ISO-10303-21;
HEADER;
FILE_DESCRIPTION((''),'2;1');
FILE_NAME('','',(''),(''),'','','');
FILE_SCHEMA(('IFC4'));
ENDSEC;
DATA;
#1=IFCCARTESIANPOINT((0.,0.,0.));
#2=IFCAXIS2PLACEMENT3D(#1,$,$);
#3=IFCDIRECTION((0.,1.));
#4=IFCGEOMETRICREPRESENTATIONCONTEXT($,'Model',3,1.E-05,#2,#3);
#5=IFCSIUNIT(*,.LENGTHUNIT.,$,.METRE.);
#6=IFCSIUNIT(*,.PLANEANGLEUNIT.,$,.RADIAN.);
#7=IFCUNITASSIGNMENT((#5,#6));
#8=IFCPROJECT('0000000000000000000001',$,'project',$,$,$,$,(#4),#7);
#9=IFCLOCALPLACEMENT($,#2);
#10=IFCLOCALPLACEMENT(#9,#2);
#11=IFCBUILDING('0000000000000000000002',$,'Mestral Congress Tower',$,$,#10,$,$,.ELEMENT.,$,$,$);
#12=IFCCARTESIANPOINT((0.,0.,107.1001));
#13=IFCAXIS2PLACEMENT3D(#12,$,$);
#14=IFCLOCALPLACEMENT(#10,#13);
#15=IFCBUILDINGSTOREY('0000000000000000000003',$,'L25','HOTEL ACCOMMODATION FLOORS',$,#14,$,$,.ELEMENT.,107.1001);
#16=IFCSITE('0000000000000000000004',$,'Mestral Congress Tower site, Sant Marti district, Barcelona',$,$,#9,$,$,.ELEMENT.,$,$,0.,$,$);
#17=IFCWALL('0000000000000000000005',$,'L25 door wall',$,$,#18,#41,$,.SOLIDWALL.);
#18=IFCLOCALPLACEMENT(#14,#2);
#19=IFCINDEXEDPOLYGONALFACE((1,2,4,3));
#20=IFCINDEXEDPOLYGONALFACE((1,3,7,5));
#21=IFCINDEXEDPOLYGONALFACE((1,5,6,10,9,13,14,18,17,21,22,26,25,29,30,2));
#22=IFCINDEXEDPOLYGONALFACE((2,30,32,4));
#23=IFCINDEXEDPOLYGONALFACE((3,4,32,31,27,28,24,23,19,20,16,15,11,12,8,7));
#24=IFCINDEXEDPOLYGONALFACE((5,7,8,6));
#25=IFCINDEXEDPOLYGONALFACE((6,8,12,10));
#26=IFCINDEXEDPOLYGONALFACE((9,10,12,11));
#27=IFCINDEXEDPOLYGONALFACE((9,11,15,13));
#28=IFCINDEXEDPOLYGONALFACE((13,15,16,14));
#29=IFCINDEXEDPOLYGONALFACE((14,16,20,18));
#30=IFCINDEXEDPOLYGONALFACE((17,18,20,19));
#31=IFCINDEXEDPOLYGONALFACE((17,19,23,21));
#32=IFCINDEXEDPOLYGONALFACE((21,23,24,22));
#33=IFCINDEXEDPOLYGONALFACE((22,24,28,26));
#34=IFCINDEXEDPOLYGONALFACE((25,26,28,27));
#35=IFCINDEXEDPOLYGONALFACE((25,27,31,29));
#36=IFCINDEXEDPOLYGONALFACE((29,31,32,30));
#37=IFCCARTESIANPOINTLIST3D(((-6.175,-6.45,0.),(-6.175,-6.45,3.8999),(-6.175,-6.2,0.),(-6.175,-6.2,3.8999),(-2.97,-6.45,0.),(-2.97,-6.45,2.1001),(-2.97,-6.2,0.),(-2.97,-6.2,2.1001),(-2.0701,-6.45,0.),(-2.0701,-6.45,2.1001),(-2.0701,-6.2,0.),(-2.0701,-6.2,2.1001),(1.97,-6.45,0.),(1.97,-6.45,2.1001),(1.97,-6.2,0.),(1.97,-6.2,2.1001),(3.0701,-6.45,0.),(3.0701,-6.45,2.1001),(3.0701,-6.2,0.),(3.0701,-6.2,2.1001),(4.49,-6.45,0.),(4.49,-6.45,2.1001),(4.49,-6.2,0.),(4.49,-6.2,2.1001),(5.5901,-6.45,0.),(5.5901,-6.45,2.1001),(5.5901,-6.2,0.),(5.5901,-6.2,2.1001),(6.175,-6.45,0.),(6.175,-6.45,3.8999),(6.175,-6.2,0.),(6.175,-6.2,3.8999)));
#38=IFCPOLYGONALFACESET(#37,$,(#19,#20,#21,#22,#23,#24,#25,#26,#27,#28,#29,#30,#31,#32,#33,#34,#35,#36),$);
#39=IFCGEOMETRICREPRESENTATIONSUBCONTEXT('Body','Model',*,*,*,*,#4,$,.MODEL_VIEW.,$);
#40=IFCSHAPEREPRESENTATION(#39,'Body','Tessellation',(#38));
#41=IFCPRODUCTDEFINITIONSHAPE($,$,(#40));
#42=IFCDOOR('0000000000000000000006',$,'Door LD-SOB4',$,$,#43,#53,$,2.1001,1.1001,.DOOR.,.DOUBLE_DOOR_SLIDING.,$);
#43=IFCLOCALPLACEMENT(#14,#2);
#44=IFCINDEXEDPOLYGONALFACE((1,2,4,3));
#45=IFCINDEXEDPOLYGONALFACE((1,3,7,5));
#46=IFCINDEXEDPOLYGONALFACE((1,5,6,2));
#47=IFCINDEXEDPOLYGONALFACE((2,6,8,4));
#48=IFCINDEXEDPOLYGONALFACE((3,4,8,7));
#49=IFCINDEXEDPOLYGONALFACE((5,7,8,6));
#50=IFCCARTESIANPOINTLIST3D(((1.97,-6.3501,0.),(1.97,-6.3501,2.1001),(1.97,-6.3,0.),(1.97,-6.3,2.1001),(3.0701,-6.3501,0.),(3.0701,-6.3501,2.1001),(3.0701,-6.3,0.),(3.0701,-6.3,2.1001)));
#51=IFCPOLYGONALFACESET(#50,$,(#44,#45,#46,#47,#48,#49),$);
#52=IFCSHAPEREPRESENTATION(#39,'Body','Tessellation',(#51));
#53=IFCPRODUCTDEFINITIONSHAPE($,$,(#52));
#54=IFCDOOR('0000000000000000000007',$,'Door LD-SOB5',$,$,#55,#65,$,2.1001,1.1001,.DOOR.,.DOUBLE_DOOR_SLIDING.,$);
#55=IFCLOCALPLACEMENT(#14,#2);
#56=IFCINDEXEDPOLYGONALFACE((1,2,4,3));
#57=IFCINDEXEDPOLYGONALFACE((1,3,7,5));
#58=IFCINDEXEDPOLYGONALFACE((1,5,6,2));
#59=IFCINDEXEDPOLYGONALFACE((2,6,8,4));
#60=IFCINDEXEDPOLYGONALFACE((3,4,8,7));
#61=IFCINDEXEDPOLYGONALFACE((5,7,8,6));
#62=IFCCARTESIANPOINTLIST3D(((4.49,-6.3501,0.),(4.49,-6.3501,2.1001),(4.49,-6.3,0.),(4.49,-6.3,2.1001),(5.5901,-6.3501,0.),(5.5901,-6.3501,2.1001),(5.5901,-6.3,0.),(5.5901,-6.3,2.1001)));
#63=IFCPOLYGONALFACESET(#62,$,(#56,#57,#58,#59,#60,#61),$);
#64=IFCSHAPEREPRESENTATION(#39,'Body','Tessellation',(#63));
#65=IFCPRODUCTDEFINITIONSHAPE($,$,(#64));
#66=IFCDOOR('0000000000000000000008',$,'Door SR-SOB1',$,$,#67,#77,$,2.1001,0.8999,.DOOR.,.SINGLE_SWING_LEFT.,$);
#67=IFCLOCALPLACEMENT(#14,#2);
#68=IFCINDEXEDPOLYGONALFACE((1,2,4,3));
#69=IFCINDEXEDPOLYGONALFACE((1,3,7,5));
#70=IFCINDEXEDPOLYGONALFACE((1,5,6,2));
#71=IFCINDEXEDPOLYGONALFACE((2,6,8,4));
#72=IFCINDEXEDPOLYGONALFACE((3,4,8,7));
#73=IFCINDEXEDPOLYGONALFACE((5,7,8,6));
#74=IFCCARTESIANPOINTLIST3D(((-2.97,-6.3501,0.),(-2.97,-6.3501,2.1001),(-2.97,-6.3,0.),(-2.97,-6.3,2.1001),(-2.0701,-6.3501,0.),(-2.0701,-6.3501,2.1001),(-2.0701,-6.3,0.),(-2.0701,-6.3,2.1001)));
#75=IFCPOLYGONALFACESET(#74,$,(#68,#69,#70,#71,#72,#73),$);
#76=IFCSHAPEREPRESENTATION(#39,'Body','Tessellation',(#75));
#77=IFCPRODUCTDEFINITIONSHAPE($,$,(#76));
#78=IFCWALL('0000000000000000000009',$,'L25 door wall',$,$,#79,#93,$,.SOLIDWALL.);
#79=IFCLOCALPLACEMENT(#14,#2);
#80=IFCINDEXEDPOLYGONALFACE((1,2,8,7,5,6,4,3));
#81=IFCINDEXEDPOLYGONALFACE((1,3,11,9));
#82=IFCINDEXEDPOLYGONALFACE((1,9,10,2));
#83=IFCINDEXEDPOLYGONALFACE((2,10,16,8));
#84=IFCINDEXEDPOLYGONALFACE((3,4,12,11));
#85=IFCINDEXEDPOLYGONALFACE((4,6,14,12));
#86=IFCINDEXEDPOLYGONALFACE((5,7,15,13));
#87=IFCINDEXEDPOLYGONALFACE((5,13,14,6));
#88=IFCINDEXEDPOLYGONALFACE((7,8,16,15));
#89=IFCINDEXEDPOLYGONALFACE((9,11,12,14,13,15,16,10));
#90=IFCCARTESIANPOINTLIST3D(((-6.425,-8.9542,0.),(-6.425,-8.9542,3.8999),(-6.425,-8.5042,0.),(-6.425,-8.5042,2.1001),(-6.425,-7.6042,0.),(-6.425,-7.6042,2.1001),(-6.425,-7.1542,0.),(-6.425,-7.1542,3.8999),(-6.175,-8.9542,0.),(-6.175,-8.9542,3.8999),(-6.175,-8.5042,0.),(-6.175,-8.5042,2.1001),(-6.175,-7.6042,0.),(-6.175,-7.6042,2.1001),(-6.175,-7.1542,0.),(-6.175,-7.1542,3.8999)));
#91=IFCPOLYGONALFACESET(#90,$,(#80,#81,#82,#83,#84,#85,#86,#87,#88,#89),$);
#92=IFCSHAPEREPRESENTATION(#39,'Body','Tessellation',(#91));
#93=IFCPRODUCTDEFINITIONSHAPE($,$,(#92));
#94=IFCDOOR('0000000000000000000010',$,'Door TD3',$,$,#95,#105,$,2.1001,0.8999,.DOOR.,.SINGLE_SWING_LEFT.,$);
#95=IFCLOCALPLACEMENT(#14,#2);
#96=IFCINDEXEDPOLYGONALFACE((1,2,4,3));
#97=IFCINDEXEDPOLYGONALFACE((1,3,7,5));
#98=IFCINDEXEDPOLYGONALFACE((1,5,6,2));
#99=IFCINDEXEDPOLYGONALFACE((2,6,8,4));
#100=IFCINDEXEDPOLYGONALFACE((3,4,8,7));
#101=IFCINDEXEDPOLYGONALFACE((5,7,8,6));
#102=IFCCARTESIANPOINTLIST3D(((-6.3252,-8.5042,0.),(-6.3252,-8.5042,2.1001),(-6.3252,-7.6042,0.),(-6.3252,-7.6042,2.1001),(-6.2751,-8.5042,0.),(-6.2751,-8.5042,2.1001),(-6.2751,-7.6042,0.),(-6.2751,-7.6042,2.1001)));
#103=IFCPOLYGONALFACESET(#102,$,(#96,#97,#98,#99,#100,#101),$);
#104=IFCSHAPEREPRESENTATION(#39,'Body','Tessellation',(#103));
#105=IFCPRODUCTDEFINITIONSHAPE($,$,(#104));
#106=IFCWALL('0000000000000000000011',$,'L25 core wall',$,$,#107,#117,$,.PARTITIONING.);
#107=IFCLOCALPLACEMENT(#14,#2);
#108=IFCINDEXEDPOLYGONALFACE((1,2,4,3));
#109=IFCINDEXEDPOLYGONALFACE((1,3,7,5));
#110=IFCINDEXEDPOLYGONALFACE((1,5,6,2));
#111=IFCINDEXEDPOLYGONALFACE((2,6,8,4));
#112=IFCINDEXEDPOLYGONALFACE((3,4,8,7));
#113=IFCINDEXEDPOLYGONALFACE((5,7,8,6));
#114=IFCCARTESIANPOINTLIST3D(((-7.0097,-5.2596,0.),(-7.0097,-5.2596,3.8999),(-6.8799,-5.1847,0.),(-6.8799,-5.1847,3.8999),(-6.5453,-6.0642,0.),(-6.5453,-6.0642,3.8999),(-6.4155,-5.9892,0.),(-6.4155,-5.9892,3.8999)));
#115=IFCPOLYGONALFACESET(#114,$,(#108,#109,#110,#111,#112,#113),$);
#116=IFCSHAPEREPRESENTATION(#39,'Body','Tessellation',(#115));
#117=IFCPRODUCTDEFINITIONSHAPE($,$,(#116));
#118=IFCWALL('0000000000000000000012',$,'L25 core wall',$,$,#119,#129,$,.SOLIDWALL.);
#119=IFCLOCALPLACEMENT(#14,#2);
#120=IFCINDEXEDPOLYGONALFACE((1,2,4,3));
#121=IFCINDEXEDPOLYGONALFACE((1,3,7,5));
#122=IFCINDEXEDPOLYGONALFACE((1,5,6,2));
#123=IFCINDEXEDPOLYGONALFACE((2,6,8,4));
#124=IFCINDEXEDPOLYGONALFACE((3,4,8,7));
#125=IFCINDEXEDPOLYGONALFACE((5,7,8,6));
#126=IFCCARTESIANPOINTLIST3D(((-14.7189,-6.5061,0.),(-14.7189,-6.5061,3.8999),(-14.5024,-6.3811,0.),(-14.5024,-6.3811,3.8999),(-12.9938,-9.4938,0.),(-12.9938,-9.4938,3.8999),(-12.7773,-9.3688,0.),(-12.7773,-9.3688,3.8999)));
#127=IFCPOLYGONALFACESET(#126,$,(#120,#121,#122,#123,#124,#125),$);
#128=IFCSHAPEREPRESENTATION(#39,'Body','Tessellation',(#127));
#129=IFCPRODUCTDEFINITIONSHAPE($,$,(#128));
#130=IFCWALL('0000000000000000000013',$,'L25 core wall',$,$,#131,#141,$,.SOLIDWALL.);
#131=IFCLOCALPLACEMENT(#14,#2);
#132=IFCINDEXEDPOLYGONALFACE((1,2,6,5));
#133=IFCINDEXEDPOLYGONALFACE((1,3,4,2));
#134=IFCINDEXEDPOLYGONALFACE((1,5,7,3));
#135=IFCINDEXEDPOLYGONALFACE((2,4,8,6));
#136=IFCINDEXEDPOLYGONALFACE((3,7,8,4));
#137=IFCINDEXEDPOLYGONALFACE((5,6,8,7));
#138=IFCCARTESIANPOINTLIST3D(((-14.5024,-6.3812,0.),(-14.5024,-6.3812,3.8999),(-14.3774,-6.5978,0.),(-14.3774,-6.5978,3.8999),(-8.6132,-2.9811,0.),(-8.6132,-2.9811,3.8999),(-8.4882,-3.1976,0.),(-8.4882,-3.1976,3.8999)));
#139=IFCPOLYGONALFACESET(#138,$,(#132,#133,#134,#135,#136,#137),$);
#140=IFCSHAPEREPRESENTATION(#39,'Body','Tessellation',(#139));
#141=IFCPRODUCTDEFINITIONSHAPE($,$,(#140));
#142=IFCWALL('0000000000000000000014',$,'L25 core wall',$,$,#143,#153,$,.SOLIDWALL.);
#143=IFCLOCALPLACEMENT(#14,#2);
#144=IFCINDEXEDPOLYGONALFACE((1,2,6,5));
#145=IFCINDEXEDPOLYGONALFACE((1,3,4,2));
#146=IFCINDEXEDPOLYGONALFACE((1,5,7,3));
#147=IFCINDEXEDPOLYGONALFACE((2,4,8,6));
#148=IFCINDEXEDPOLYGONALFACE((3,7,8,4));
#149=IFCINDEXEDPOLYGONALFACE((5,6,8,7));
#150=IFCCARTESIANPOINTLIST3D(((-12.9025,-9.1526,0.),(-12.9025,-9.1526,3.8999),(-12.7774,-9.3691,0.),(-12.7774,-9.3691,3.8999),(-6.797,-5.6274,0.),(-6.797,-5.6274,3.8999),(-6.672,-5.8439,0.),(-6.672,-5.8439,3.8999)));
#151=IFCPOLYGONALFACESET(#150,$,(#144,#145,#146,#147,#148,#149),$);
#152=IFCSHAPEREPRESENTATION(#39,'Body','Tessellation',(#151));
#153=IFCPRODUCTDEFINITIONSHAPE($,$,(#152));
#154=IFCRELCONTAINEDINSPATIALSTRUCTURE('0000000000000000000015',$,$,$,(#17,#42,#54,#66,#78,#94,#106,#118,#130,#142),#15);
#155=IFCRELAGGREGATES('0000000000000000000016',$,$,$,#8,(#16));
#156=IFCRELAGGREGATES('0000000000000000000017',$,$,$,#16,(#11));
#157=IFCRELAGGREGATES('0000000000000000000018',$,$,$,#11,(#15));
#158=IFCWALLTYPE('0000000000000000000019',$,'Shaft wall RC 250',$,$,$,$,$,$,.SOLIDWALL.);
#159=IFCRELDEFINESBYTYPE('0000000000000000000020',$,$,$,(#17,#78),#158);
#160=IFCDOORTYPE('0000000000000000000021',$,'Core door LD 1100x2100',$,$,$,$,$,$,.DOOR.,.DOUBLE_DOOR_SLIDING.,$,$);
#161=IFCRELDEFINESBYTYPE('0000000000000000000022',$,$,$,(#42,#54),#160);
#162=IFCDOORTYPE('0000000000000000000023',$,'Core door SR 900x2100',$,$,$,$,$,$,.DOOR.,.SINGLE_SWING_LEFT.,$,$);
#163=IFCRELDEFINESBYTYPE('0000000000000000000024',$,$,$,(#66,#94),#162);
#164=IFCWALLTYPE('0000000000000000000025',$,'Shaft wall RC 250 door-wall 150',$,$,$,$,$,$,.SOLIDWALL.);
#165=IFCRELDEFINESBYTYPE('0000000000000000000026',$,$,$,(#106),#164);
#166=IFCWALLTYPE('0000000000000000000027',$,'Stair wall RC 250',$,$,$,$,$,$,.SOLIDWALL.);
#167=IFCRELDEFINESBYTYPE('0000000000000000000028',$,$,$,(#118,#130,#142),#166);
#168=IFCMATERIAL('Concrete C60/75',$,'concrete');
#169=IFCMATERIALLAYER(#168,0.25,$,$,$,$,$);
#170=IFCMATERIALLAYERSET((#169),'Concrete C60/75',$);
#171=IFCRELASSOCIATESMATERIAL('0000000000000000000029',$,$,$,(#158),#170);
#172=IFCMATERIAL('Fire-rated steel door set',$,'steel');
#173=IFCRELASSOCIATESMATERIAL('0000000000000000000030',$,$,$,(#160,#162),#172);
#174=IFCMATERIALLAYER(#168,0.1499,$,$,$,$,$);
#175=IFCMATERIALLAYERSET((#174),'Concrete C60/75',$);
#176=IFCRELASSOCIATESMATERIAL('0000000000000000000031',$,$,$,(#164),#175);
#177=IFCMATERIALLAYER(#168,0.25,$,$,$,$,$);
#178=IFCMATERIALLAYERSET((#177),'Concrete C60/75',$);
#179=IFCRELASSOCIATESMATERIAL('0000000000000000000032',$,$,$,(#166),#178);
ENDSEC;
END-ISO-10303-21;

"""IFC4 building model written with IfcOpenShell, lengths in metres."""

from ifc_helpers import new_model, si_unit, direction, frame, frame_2d, origin, place, context, subcontext, project, spatial, rectangle, extrude, material, layer, layer_set, type_object, element, fill, save


model = new_model("IFC4")

# Units and contexts
model_context = context("Model", 3, precision=1e-05, world=origin(), true_north=direction((0.0, 1.0)))
body_context = subcontext(model_context, "Body", "Model", "MODEL_VIEW")
ifc_project = project(units=[si_unit("LENGTHUNIT", "METRE"), si_unit("PLANEANGLEUNIT", "RADIAN")], contexts=[model_context])

# Site, building, storey
site_placement = place(None, origin())
site = spatial("IfcSite", under=ifc_project, at=site_placement, Name="Mestral Congress Tower site, Sant Marti district, Barcelona", CompositionType="ELEMENT", RefElevation=0.0)
building_placement = place(site_placement, origin())
building = spatial("IfcBuilding", under=site, at=building_placement, Name="Mestral Congress Tower", CompositionType="ELEMENT")
storey_placement = place(building_placement, frame((0.0, 0.0, 107.1001)))
storey = spatial("IfcBuildingStorey", under=building, at=storey_placement, Name="L25", Description="HOTEL ACCOMMODATION FLOORS", CompositionType="ELEMENT", Elevation=107.1001)

# Shared definitions
ifc_material_1 = material(Name="Concrete C60/75", Category="concrete")

# Wall, openings, doors
ifc_layer_1 = layer(ifc_material_1, 0.25)
ifc_layer_set_1 = layer_set([ifc_layer_1], Name="Concrete C60/75")
wall_type_1 = type_object("IfcWallType", Name="Shaft wall RC 250", PredefinedType="SOLIDWALL", material=ifc_layer_set_1)
ifc_material_2 = material(Name="Fire-rated steel door set", Category="steel")
door_type_1 = type_object("IfcDoorType", Name="Core door LD 1100x2100", OperationType="DOUBLE_DOOR_SLIDING", PredefinedType="DOOR", material=ifc_material_2)
wall_1_placement = place(storey_placement, frame((-6.175, -6.325, 0.0), z_axis=(0.0, 0.0, 1.0), x_axis=(1.0, 0.0, 0.0)))
wall_1 = element("IfcWall", 1, at=wall_1_placement, inside=storey, type_object=wall_type_1, Name="L25 door wall", PredefinedType="SOLIDWALL", context=body_context, shape_type="SweptSolid", body=[
    extrude(rectangle(XDim=12.3501, YDim=0.25, at=frame_2d((6.175, 0.0))), origin(), (0.0, 0.0, 1.0), 3.8999),
])
opening_1_placement = place(wall_1_placement, frame((3.2051, 0.0, 0.0)))
opening_1 = element("IfcOpeningElement", 2, at=opening_1_placement, cuts=wall_1, PredefinedType="OPENING", context=body_context, shape_type="SweptSolid", body=[
    extrude(rectangle(XDim=0.8999, YDim=2.1001, at=frame_2d((0.45, 1.05))), frame((0.0, 0.135, 0.0), z_axis=(0.0, -1.0, 0.0), x_axis=(1.0, 0.0, 0.0)), (0.0, 0.0, 1.0), 0.27),
])
opening_2_placement = place(wall_1_placement, frame((8.145, 0.0, 0.0)))
opening_2 = element("IfcOpeningElement", 3, at=opening_2_placement, cuts=wall_1, PredefinedType="OPENING", context=body_context, shape_type="SweptSolid", body=[
    extrude(rectangle(XDim=1.1001, YDim=2.1001, at=frame_2d((0.55, 1.05))), frame((0.0, 0.135, 0.0), z_axis=(0.0, -1.0, 0.0), x_axis=(1.0, 0.0, 0.0)), (0.0, 0.0, 1.0), 0.27),
])
opening_3_placement = place(wall_1_placement, frame((10.665, 0.0, 0.0)))
opening_3 = element("IfcOpeningElement", 4, at=opening_3_placement, cuts=wall_1, PredefinedType="OPENING", context=body_context, shape_type="SweptSolid", body=[
    extrude(rectangle(XDim=1.1001, YDim=2.1001, at=frame_2d((0.55, 1.05))), frame((0.0, 0.135, 0.0), z_axis=(0.0, -1.0, 0.0), x_axis=(1.0, 0.0, 0.0)), (0.0, 0.0, 1.0), 0.27),
])
door_1_placement = place(opening_2_placement, origin())
door_1 = element("IfcDoor", 5, at=door_1_placement, inside=storey, type_object=door_type_1, Name="Door LD-SOB4", OperationType="DOUBLE_DOOR_SLIDING", OverallHeight=2.1001, OverallWidth=1.1001, PredefinedType="DOOR", context=body_context, shape_type="SweptSolid", body=[
    extrude(rectangle(XDim=1.1001, YDim=2.1001, at=frame_2d((0.55, 1.05))), frame((0.0, 0.0249, 0.0), z_axis=(0.0, -1.0, 0.0), x_axis=(1.0, 0.0, 0.0)), (0.0, 0.0, 1.0), 0.05),
])
fill(opening_2, door_1)
door_2_placement = place(opening_3_placement, origin())
door_2 = element("IfcDoor", 6, at=door_2_placement, inside=storey, type_object=door_type_1, Name="Door LD-SOB5", OperationType="DOUBLE_DOOR_SLIDING", OverallHeight=2.1001, OverallWidth=1.1001, PredefinedType="DOOR", context=body_context, shape_type="SweptSolid", body=[
    extrude(rectangle(XDim=1.1001, YDim=2.1001, at=frame_2d((0.55, 1.05))), frame((0.0, 0.0249, 0.0), z_axis=(0.0, -1.0, 0.0), x_axis=(1.0, 0.0, 0.0)), (0.0, 0.0, 1.0), 0.05),
])
fill(opening_3, door_2)
door_type_2 = type_object("IfcDoorType", Name="Core door SR 900x2100", OperationType="SINGLE_SWING_LEFT", PredefinedType="DOOR", material=ifc_material_2)
door_3_placement = place(opening_1_placement, origin())
door_3 = element("IfcDoor", 7, at=door_3_placement, inside=storey, type_object=door_type_2, Name="Door SR-SOB1", OperationType="SINGLE_SWING_LEFT", OverallHeight=2.1001, OverallWidth=0.8999, PredefinedType="DOOR", context=body_context, shape_type="SweptSolid", body=[
    extrude(rectangle(XDim=0.8999, YDim=2.1001, at=frame_2d((0.45, 1.05))), frame((0.0, 0.0249, 0.0), z_axis=(0.0, -1.0, 0.0), x_axis=(1.0, 0.0, 0.0)), (0.0, 0.0, 1.0), 0.05),
])
fill(opening_1, door_3)

# Wall, opening, door
wall_2_placement = place(storey_placement, frame((-6.3, -7.1543, 0.0), z_axis=(0.0, 0.0, 1.0), x_axis=(0.0, -1.0, 0.0)))
wall_2 = element("IfcWall", 8, at=wall_2_placement, inside=storey, type_object=wall_type_1, Name="L25 door wall", PredefinedType="SOLIDWALL", context=body_context, shape_type="SweptSolid", body=[
    extrude(rectangle(XDim=1.8, YDim=0.25, at=frame_2d((0.8999, 0.0))), origin(), (0.0, 0.0, 1.0), 3.8999),
])
opening_4_placement = place(wall_2_placement, frame((0.45, 0.0, 0.0)))
opening_4 = element("IfcOpeningElement", 9, at=opening_4_placement, cuts=wall_2, PredefinedType="OPENING", context=body_context, shape_type="SweptSolid", body=[
    extrude(rectangle(XDim=0.8999, YDim=2.1001, at=frame_2d((0.45, 1.05))), frame((0.0, 0.135, 0.0), z_axis=(0.0, -1.0, 0.0), x_axis=(1.0, 0.0, 0.0)), (0.0, 0.0, 1.0), 0.27),
])
door_4_placement = place(opening_4_placement, origin())
door_4 = element("IfcDoor", 10, at=door_4_placement, inside=storey, type_object=door_type_2, Name="Door TD3", OperationType="SINGLE_SWING_LEFT", OverallHeight=2.1001, OverallWidth=0.8999, PredefinedType="DOOR", context=body_context, shape_type="SweptSolid", body=[
    extrude(rectangle(XDim=0.8999, YDim=2.1001, at=frame_2d((0.45, 1.05))), frame((0.0, 0.0249, 0.0), z_axis=(0.0, -1.0, 0.0), x_axis=(1.0, 0.0, 0.0)), (0.0, 0.0, 1.0), 0.05),
])
fill(opening_4, door_4)

# Walls
ifc_layer_2 = layer(ifc_material_1, 0.1499)
ifc_layer_set_2 = layer_set([ifc_layer_2], Name="Concrete C60/75")
wall_type_2 = type_object("IfcWallType", Name="Shaft wall RC 250 door-wall 150", PredefinedType="SOLIDWALL", material=ifc_layer_set_2)
wall_3_placement = place(storey_placement, frame((-6.4805, -6.0266, 0.0), z_axis=(0.0, 0.0, 1.0), x_axis=(-0.499927, 0.866067, 0.0)))
element("IfcWall", 11, at=wall_3_placement, inside=storey, type_object=wall_type_2, Name="L25 core wall", PredefinedType="PARTITIONING", context=body_context, shape_type="SweptSolid", body=[
    extrude(rectangle(XDim=0.929, YDim=0.1499, at=frame_2d((0.4644, 0.0))), origin(), (0.0, 0.0, 1.0), 3.8999),
])
ifc_layer_3 = layer(ifc_material_1, 0.25)
ifc_layer_set_3 = layer_set([ifc_layer_3], Name="Concrete C60/75")
wall_type_3 = type_object("IfcWallType", Name="Stair wall RC 250", PredefinedType="SOLIDWALL", material=ifc_layer_set_3)
wall_4_placement = place(storey_placement, frame((-12.8855, -9.4314, 0.0), z_axis=(0.0, 0.0, 1.0), x_axis=(-0.500021, 0.866014, 0.0)))
element("IfcWall", 12, at=wall_4_placement, inside=storey, type_object=wall_type_3, Name="L25 core wall", PredefinedType="SOLIDWALL", context=body_context, shape_type="SweptSolid", body=[
    extrude(rectangle(XDim=3.45, YDim=0.25, at=frame_2d((1.7251, 0.0))), origin(), (0.0, 0.0, 1.0), 3.8999),
])
wall_5_placement = place(storey_placement, frame((-14.4399, -6.4895, 0.0), z_axis=(0.0, 0.0, 1.0), x_axis=(0.866023, 0.500004, 0.0)))
element("IfcWall", 13, at=wall_5_placement, inside=storey, type_object=wall_type_3, Name="L25 core wall", PredefinedType="SOLIDWALL", context=body_context, shape_type="SweptSolid", body=[
    extrude(rectangle(XDim=6.8003, YDim=0.25, at=frame_2d((3.4001, 0.0))), origin(), (0.0, 0.0, 1.0), 3.8999),
])
wall_6_placement = place(storey_placement, frame((-12.8398, -9.2607, 0.0), z_axis=(0.0, 0.0, 1.0), x_axis=(0.866016, 0.500016, 0.0)))
element("IfcWall", 14, at=wall_6_placement, inside=storey, type_object=wall_type_3, Name="L25 core wall", PredefinedType="SOLIDWALL", context=body_context, shape_type="SweptSolid", body=[
    extrude(rectangle(XDim=7.05, YDim=0.25, at=frame_2d((3.5249, 0.0))), origin(), (0.0, 0.0, 1.0), 3.8999),
])

save(model, "model.ifc")
